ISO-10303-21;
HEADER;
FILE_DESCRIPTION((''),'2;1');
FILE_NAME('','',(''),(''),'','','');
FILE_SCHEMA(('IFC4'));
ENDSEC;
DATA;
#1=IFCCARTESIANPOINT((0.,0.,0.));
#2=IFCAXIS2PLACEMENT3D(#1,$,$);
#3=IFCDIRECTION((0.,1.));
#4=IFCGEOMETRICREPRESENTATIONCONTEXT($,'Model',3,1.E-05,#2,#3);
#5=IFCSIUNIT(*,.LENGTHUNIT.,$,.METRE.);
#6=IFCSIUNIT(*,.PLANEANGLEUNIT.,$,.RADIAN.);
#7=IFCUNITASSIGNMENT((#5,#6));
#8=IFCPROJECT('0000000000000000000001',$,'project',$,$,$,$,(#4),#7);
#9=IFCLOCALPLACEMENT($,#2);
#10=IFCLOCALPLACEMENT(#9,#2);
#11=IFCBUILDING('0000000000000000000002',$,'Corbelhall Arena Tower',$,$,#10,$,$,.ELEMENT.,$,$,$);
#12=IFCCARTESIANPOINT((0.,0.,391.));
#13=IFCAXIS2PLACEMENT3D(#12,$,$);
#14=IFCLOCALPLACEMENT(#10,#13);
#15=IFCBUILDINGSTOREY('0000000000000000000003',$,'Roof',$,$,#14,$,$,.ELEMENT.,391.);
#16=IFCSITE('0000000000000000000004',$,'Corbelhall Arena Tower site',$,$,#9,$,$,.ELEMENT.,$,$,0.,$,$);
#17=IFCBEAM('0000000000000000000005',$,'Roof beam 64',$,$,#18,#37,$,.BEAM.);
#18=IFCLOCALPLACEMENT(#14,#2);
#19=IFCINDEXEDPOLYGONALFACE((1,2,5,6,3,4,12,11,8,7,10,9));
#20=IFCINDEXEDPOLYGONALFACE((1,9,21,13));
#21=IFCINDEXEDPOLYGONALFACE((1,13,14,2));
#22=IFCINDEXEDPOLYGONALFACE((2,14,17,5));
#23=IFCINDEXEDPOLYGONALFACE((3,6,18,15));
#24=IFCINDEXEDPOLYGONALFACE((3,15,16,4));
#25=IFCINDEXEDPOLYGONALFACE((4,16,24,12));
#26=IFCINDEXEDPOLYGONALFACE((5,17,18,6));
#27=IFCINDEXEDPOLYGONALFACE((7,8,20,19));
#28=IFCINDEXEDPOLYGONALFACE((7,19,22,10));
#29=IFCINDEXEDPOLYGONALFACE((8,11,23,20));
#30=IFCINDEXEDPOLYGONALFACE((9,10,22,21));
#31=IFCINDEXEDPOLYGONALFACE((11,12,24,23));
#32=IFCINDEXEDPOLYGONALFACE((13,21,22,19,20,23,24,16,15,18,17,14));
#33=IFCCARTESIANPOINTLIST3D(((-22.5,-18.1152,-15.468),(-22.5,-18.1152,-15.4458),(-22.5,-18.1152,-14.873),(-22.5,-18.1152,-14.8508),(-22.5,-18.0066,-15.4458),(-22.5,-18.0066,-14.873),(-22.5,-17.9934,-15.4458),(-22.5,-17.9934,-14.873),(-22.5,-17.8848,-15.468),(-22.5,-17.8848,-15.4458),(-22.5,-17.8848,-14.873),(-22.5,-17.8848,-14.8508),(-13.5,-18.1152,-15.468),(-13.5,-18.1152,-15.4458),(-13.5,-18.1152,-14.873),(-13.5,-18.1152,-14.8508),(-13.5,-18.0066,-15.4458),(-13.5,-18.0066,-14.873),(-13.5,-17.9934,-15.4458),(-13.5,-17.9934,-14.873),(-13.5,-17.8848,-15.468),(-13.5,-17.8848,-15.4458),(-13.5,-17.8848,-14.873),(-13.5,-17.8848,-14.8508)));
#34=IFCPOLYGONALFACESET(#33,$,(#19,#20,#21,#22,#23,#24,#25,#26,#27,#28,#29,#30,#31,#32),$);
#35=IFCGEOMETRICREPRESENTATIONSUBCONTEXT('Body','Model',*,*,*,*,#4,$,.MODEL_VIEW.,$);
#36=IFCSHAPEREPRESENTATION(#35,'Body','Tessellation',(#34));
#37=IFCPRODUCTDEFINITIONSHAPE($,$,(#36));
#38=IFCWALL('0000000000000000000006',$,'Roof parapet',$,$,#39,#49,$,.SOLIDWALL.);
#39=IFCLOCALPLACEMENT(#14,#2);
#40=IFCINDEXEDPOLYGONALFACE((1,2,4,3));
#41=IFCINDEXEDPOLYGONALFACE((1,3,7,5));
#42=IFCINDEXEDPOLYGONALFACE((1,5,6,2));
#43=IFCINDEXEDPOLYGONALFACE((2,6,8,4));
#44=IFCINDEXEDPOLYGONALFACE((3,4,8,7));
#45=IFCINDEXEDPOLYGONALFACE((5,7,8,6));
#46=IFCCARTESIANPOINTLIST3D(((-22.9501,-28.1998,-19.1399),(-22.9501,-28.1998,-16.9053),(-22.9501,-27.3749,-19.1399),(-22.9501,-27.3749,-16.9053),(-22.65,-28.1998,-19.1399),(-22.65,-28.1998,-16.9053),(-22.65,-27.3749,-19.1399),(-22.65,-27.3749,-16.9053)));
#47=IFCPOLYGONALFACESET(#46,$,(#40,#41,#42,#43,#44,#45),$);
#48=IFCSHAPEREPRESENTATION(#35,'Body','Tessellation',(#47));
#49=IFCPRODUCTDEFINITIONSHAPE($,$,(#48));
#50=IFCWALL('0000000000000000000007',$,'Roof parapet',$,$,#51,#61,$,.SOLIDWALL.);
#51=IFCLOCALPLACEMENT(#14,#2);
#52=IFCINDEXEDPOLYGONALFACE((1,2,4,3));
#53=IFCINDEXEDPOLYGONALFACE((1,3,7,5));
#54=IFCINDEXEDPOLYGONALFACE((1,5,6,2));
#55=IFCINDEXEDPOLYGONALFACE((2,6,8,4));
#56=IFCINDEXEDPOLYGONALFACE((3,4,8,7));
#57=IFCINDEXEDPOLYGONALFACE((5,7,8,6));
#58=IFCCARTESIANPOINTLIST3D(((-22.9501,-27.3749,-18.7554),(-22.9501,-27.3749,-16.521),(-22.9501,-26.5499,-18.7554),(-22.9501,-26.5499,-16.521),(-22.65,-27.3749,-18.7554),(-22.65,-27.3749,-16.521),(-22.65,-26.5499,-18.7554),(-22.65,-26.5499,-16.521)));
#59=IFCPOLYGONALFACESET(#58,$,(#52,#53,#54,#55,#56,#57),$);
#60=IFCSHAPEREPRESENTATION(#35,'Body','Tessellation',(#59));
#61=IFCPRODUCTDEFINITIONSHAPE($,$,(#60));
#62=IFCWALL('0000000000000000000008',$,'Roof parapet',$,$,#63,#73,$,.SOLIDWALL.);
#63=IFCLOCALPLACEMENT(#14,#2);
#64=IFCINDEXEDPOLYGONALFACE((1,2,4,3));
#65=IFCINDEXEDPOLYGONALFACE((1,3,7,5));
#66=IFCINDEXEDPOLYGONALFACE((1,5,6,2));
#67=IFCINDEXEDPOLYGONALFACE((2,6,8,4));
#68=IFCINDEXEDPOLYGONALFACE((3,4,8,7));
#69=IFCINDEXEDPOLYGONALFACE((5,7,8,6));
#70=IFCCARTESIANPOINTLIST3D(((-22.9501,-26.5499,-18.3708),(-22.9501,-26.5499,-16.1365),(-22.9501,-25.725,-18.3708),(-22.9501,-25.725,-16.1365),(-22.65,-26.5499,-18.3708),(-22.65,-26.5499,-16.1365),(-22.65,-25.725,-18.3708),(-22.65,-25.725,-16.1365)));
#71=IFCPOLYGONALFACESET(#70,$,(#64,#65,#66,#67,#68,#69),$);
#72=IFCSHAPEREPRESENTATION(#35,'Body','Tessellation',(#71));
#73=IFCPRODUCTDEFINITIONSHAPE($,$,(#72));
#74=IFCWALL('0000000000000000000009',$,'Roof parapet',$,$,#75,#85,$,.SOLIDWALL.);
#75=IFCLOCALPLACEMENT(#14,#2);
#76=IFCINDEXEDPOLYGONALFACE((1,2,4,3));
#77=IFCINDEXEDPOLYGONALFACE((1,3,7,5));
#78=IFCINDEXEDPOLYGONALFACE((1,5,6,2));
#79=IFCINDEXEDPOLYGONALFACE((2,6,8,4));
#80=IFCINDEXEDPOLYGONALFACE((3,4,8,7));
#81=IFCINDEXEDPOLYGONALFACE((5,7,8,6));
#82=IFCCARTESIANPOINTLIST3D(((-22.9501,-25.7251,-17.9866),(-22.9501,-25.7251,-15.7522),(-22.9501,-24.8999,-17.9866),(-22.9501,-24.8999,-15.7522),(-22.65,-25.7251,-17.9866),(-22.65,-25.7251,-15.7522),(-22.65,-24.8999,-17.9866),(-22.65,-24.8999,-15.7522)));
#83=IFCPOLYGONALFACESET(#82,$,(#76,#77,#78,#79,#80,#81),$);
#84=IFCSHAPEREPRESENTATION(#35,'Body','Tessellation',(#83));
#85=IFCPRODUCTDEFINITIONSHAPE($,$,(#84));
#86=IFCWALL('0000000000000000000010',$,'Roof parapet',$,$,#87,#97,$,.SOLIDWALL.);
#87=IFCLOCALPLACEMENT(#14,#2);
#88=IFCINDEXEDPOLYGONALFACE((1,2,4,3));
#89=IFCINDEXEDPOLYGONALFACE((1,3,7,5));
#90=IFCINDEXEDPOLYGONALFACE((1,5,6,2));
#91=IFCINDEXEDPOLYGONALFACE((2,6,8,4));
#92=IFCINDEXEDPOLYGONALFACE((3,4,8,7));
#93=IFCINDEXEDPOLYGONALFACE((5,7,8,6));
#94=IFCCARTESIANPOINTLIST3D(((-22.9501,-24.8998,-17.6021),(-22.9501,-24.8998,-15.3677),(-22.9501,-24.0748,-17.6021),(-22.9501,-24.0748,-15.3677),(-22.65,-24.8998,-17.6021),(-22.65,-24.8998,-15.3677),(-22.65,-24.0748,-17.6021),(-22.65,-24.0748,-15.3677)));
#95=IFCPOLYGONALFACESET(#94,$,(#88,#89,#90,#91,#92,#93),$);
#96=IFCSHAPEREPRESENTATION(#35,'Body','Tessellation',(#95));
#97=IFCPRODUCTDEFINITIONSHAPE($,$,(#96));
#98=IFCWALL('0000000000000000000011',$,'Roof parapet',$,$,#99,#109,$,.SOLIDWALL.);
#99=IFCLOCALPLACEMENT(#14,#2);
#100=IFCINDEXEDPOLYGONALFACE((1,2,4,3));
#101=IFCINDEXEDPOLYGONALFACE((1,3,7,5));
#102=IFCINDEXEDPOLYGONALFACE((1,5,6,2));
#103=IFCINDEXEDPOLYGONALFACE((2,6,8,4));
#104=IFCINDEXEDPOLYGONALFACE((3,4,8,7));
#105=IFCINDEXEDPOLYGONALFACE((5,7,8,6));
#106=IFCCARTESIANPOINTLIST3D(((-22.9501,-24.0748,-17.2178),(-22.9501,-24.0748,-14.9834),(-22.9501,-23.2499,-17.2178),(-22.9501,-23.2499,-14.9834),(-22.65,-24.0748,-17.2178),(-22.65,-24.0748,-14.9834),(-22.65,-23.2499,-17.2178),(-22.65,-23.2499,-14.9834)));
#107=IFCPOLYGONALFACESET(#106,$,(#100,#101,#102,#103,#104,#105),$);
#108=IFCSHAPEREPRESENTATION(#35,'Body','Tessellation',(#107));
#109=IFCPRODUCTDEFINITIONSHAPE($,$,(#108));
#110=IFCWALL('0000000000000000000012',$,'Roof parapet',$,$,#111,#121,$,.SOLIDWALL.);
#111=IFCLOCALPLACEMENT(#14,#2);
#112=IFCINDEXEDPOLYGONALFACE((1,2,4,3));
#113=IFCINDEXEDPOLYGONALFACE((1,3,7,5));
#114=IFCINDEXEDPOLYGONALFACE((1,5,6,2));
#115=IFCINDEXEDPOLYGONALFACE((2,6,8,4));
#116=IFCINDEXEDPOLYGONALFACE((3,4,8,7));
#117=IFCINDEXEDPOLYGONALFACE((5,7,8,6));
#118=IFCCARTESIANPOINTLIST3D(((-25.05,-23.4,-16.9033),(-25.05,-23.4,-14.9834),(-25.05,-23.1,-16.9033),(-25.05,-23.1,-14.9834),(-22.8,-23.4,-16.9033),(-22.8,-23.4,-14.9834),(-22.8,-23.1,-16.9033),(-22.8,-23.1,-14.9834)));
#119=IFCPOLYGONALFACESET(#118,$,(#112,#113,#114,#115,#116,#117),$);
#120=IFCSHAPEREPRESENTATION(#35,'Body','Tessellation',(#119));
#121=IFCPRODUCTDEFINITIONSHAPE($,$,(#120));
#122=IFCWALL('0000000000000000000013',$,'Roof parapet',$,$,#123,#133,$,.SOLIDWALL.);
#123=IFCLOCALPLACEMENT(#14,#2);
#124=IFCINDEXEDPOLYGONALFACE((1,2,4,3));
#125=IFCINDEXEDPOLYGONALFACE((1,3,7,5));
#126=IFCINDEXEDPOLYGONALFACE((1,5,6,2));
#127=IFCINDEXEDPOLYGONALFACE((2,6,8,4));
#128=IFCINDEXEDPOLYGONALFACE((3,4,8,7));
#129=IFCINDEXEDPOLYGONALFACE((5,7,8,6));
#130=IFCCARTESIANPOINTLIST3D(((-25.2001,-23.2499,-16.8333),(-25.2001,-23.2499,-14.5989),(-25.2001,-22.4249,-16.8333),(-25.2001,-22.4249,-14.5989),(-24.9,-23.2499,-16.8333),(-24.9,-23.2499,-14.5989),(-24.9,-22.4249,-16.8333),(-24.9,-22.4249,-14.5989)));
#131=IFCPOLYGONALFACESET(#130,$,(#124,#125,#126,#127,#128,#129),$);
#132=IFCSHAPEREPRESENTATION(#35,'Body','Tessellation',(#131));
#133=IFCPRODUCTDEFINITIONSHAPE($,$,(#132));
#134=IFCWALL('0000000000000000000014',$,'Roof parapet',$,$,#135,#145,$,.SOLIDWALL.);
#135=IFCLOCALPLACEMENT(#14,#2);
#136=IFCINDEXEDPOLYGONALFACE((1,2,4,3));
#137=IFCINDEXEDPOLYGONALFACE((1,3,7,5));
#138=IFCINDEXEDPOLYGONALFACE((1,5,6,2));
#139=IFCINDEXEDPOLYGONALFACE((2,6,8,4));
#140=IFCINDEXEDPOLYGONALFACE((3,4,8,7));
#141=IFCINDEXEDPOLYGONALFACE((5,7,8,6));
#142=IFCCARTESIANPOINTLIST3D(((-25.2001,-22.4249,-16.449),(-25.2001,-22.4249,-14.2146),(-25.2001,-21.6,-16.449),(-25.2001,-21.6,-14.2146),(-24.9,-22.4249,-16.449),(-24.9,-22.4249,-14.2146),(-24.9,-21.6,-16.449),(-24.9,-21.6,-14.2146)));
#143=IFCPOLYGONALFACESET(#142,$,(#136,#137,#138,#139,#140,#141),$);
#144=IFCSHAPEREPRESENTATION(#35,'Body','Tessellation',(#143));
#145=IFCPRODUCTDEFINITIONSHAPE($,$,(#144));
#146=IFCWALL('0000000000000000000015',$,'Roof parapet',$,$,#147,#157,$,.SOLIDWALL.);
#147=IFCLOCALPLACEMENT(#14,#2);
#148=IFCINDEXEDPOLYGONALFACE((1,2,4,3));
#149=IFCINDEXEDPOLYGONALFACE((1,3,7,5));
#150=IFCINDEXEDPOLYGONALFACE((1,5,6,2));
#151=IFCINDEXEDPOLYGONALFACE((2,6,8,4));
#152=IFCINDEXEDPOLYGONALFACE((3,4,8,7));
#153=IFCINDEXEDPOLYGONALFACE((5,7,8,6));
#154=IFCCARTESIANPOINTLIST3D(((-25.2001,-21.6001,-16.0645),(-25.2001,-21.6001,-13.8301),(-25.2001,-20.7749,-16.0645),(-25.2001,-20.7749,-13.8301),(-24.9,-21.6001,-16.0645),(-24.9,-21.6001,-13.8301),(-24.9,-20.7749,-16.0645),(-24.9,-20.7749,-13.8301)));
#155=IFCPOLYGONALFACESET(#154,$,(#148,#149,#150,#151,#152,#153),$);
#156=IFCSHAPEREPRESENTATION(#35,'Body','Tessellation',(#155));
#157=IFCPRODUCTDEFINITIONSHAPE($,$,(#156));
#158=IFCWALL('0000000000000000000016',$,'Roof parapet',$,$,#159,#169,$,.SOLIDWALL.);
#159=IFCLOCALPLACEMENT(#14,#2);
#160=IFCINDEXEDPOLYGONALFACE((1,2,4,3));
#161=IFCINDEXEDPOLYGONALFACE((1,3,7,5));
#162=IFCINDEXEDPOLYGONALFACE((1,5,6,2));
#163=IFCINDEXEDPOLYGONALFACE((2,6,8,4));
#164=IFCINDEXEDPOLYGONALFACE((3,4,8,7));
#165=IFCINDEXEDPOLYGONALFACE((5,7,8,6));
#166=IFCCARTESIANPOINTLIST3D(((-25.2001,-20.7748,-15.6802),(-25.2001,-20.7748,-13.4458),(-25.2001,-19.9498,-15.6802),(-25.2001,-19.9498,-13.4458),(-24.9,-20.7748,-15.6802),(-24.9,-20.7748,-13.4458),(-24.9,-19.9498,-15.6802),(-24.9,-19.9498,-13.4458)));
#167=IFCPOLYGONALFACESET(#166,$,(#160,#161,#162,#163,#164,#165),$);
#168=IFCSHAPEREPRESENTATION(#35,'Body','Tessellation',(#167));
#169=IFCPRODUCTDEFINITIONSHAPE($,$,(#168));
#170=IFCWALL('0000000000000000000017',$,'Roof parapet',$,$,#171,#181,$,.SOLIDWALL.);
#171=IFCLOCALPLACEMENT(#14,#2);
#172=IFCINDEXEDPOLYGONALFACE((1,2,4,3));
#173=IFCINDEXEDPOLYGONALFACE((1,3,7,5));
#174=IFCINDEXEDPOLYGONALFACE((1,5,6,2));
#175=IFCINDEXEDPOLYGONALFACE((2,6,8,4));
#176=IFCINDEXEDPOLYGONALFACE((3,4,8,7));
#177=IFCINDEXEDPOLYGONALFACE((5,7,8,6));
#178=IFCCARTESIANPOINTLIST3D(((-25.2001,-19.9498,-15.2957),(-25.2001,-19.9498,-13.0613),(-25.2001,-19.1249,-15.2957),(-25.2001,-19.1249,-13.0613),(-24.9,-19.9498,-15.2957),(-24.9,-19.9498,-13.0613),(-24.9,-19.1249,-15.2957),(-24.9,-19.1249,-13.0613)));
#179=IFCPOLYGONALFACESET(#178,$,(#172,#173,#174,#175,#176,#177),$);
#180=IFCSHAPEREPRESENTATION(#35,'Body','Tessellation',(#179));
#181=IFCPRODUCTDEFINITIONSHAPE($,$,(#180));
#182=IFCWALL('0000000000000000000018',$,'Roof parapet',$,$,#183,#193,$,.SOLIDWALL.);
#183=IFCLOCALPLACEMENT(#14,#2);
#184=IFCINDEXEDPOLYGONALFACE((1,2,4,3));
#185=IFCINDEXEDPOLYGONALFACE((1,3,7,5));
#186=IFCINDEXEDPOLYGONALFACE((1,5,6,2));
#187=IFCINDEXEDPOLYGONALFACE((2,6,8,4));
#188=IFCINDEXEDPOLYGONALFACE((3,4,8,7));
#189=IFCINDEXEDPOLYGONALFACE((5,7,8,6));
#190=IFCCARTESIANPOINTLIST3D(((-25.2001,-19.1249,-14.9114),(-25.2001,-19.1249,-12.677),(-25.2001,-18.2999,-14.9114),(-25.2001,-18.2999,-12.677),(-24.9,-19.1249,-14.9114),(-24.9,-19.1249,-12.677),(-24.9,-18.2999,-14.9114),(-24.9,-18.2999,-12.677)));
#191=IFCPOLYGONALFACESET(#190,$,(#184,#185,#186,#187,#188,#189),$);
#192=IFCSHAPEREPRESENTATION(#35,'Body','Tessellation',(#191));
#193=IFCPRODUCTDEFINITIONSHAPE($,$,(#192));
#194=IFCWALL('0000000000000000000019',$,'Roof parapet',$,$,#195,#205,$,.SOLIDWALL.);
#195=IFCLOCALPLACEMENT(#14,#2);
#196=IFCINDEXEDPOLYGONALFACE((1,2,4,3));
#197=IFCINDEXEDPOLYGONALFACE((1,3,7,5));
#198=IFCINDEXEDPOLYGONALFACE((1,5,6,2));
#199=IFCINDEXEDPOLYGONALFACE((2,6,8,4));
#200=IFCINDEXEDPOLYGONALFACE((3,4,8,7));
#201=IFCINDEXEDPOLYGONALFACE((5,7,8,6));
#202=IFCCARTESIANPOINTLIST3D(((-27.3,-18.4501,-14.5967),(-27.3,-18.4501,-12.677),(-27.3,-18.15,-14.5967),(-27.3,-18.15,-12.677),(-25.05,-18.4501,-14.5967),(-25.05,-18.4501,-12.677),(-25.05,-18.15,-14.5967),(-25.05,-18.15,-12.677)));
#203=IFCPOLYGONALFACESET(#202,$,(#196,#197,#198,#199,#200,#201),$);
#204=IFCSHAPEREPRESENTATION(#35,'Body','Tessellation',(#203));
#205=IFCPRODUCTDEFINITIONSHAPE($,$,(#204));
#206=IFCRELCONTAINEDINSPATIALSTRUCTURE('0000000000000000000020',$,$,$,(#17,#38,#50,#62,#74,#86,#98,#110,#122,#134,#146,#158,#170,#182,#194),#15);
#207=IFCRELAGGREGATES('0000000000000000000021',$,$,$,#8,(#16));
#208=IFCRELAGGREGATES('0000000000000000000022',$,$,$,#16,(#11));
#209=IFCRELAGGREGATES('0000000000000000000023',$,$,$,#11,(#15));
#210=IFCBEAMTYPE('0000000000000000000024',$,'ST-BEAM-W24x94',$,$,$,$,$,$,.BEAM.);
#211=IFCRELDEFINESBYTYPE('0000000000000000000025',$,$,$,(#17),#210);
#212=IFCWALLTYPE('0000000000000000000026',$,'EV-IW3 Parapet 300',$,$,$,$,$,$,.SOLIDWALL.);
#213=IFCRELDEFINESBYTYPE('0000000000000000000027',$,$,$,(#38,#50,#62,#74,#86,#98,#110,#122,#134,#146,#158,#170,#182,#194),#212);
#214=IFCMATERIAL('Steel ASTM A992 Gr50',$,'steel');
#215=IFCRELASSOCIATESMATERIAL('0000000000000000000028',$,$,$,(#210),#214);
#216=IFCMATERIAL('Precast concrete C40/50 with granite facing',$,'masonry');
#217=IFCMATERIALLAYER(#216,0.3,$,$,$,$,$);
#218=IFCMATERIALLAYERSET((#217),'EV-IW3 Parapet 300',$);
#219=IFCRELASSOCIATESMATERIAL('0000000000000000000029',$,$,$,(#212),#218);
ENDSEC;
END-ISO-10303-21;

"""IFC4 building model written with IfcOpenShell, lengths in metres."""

from ifc_helpers import new_model, si_unit, direction, frame, frame_2d, origin, origin_2d, place, context, subcontext, project, spatial, rectangle, i_section, extrude, material, layer, layer_set, material_profile, profile_set, type_object, element, save


model = new_model("IFC4")

# Units and contexts
model_context = context("Model", 3, precision=1e-05, world=origin(), true_north=direction((0.0, 1.0)))
body_context = subcontext(model_context, "Body", "Model", "MODEL_VIEW")
ifc_project = project(units=[si_unit("LENGTHUNIT", "METRE"), si_unit("PLANEANGLEUNIT", "RADIAN")], contexts=[model_context])

# Site, building, storey
site_placement = place(None, origin())
site = spatial("IfcSite", under=ifc_project, at=site_placement, Name="Corbelhall Arena Tower site", CompositionType="ELEMENT", RefElevation=0.0)
building_placement = place(site_placement, origin())
building = spatial("IfcBuilding", under=site, at=building_placement, Name="Corbelhall Arena Tower", CompositionType="ELEMENT")
storey_placement = place(building_placement, frame((0.0, 0.0, 391.0)))
storey = spatial("IfcBuildingStorey", under=building, at=storey_placement, Name="Roof", CompositionType="ELEMENT", Elevation=391.0)

# Beam
ifc_material_1 = material(Name="Steel ASTM A992 Gr50", Category="steel")
ifc_material_profile_1 = material_profile(ifc_material_1, i_section(OverallWidth=0.2305, OverallDepth=0.6172, WebThickness=0.0132, FlangeThickness=0.0222, at=origin_2d()))
ifc_profile_set_1 = profile_set([ifc_material_profile_1], Name="Steel ASTM A992 Gr50")
beam_type = type_object("IfcBeamType", Name="ST-BEAM-W24x94", PredefinedType="BEAM", material=ifc_profile_set_1)
beam_1_placement = place(storey_placement, frame((-22.5, -18.0, -15.1594), z_axis=(1.0, 0.0, 0.0), x_axis=(0.0, 1.0, 0.0)))
element("IfcBeam", 1, at=beam_1_placement, inside=storey, type_object=beam_type, Name="Roof beam 64", PredefinedType="BEAM", context=body_context, shape_type="SweptSolid", body=[
    extrude(i_section(OverallWidth=0.2305, OverallDepth=0.6172, WebThickness=0.0132, FlangeThickness=0.0222, at=origin_2d()), origin(), (0.0, 0.0, 1.0), 9.0),
])

# Walls
ifc_material_2 = material(Name="Precast concrete C40/50 with granite facing", Category="masonry")
ifc_layer = layer(ifc_material_2, 0.3)
ifc_layer_set = layer_set([ifc_layer], Name="EV-IW3 Parapet 300")
wall_type = type_object("IfcWallType", Name="EV-IW3 Parapet 300", PredefinedType="SOLIDWALL", material=ifc_layer_set)
wall_1_placement = place(storey_placement, frame((-22.8, -28.2, -19.1399), z_axis=(0.0, 0.0, 1.0), x_axis=(0.0, 1.0, 0.0)))
element("IfcWall", 2, at=wall_1_placement, inside=storey, type_object=wall_type, Name="Roof parapet", PredefinedType="SOLIDWALL", context=body_context, shape_type="SweptSolid", body=[
    extrude(rectangle(XDim=0.825, YDim=0.3, at=frame_2d((0.4126, 0.0))), origin(), (0.0, 0.0, 1.0), 2.2346),
])
for number, where, z_axis, x_axis, name in (
    (3, (-22.8, -27.375, -18.7554), (0.0, 0.0, 1.0), (0.0, 1.0, 0.0), "Roof parapet"),
    (4, (-22.8, -26.55, -18.3708), (0.0, 0.0, 1.0), (0.0, 1.0, 0.0), "Roof parapet"),
):
    element("IfcWall", number, at=place(storey_placement, frame(where, z_axis=z_axis, x_axis=x_axis)), inside=storey, type_object=wall_type, Name=name, PredefinedType="SOLIDWALL", context=body_context, shape_type="SweptSolid", body=[
        extrude(rectangle(XDim=0.825, YDim=0.3, at=frame_2d((0.4126, 0.0))), origin(), (0.0, 0.0, 1.0), 2.2344),
    ])
wall_2_placement = place(storey_placement, frame((-22.8, -25.7251, -17.9866), z_axis=(0.0, 0.0, 1.0), x_axis=(0.0, 1.0, 0.0)))
element("IfcWall", 5, at=wall_2_placement, inside=storey, type_object=wall_type, Name="Roof parapet", PredefinedType="SOLIDWALL", context=body_context, shape_type="SweptSolid", body=[
    extrude(rectangle(XDim=0.8252, YDim=0.3, at=frame_2d((0.4126, 0.0))), origin(), (0.0, 0.0, 1.0), 2.2344),
])
for number, where, z_axis, x_axis, name in (
    (6, (-22.8, -24.8999, -17.6021), (0.0, 0.0, 1.0), (0.0, 1.0, 0.0), "Roof parapet"),
    (7, (-22.8, -24.075, -17.2178), (0.0, 0.0, 1.0), (0.0, 1.0, 0.0), "Roof parapet"),
):
    element("IfcWall", number, at=place(storey_placement, frame(where, z_axis=z_axis, x_axis=x_axis)), inside=storey, type_object=wall_type, Name=name, PredefinedType="SOLIDWALL", context=body_context, shape_type="SweptSolid", body=[
        extrude(rectangle(XDim=0.825, YDim=0.3, at=frame_2d((0.4126, 0.0))), origin(), (0.0, 0.0, 1.0), 2.2344),
    ])
wall_3_placement = place(storey_placement, frame((-22.8, -23.25, -16.9033), z_axis=(0.0, 0.0, 1.0), x_axis=(-1.0, 0.0, 0.0)))
element("IfcWall", 8, at=wall_3_placement, inside=storey, type_object=wall_type, Name="Roof parapet", PredefinedType="SOLIDWALL", context=body_context, shape_type="SweptSolid", body=[
    extrude(rectangle(XDim=2.25, YDim=0.3, at=frame_2d((1.125, 0.0))), origin(), (0.0, 0.0, 1.0), 1.9199),
])
for number, where, z_axis, x_axis, name in (
    (9, (-25.05, -23.25, -16.8333), (0.0, 0.0, 1.0), (0.0, 1.0, 0.0), "Roof parapet"),
    (10, (-25.05, -22.425, -16.449), (0.0, 0.0, 1.0), (0.0, 1.0, 0.0), "Roof parapet"),
):
    element("IfcWall", number, at=place(storey_placement, frame(where, z_axis=z_axis, x_axis=x_axis)), inside=storey, type_object=wall_type, Name=name, PredefinedType="SOLIDWALL", context=body_context, shape_type="SweptSolid", body=[
        extrude(rectangle(XDim=0.825, YDim=0.3, at=frame_2d((0.4126, 0.0))), origin(), (0.0, 0.0, 1.0), 2.2344),
    ])
wall_4_placement = place(storey_placement, frame((-25.05, -21.6001, -16.0645), z_axis=(0.0, 0.0, 1.0), x_axis=(0.0, 1.0, 0.0)))
element("IfcWall", 11, at=wall_4_placement, inside=storey, type_object=wall_type, Name="Roof parapet", PredefinedType="SOLIDWALL", context=body_context, shape_type="SweptSolid", body=[
    extrude(rectangle(XDim=0.8252, YDim=0.3, at=frame_2d((0.4126, 0.0))), origin(), (0.0, 0.0, 1.0), 2.2344),
])
for number, where, z_axis, x_axis, name in (
    (12, (-25.05, -20.7749, -15.6802), (0.0, 0.0, 1.0), (0.0, 1.0, 0.0), "Roof parapet"),
    (13, (-25.05, -19.95, -15.2957), (0.0, 0.0, 1.0), (0.0, 1.0, 0.0), "Roof parapet"),
    (14, (-25.05, -19.125, -14.9114), (0.0, 0.0, 1.0), (0.0, 1.0, 0.0), "Roof parapet"),
):
    element("IfcWall", number, at=place(storey_placement, frame(where, z_axis=z_axis, x_axis=x_axis)), inside=storey, type_object=wall_type, Name=name, PredefinedType="SOLIDWALL", context=body_context, shape_type="SweptSolid", body=[
        extrude(rectangle(XDim=0.825, YDim=0.3, at=frame_2d((0.4126, 0.0))), origin(), (0.0, 0.0, 1.0), 2.2344),
    ])
wall_5_placement = place(storey_placement, frame((-25.05, -18.3, -14.5967), z_axis=(0.0, 0.0, 1.0), x_axis=(-1.0, 0.0, 0.0)))
element("IfcWall", 15, at=wall_5_placement, inside=storey, type_object=wall_type, Name="Roof parapet", PredefinedType="SOLIDWALL", context=body_context, shape_type="SweptSolid", body=[
    extrude(rectangle(XDim=2.25, YDim=0.3, at=frame_2d((1.125, 0.0))), origin(), (0.0, 0.0, 1.0), 1.9197),
])

save(model, "model.ifc")
